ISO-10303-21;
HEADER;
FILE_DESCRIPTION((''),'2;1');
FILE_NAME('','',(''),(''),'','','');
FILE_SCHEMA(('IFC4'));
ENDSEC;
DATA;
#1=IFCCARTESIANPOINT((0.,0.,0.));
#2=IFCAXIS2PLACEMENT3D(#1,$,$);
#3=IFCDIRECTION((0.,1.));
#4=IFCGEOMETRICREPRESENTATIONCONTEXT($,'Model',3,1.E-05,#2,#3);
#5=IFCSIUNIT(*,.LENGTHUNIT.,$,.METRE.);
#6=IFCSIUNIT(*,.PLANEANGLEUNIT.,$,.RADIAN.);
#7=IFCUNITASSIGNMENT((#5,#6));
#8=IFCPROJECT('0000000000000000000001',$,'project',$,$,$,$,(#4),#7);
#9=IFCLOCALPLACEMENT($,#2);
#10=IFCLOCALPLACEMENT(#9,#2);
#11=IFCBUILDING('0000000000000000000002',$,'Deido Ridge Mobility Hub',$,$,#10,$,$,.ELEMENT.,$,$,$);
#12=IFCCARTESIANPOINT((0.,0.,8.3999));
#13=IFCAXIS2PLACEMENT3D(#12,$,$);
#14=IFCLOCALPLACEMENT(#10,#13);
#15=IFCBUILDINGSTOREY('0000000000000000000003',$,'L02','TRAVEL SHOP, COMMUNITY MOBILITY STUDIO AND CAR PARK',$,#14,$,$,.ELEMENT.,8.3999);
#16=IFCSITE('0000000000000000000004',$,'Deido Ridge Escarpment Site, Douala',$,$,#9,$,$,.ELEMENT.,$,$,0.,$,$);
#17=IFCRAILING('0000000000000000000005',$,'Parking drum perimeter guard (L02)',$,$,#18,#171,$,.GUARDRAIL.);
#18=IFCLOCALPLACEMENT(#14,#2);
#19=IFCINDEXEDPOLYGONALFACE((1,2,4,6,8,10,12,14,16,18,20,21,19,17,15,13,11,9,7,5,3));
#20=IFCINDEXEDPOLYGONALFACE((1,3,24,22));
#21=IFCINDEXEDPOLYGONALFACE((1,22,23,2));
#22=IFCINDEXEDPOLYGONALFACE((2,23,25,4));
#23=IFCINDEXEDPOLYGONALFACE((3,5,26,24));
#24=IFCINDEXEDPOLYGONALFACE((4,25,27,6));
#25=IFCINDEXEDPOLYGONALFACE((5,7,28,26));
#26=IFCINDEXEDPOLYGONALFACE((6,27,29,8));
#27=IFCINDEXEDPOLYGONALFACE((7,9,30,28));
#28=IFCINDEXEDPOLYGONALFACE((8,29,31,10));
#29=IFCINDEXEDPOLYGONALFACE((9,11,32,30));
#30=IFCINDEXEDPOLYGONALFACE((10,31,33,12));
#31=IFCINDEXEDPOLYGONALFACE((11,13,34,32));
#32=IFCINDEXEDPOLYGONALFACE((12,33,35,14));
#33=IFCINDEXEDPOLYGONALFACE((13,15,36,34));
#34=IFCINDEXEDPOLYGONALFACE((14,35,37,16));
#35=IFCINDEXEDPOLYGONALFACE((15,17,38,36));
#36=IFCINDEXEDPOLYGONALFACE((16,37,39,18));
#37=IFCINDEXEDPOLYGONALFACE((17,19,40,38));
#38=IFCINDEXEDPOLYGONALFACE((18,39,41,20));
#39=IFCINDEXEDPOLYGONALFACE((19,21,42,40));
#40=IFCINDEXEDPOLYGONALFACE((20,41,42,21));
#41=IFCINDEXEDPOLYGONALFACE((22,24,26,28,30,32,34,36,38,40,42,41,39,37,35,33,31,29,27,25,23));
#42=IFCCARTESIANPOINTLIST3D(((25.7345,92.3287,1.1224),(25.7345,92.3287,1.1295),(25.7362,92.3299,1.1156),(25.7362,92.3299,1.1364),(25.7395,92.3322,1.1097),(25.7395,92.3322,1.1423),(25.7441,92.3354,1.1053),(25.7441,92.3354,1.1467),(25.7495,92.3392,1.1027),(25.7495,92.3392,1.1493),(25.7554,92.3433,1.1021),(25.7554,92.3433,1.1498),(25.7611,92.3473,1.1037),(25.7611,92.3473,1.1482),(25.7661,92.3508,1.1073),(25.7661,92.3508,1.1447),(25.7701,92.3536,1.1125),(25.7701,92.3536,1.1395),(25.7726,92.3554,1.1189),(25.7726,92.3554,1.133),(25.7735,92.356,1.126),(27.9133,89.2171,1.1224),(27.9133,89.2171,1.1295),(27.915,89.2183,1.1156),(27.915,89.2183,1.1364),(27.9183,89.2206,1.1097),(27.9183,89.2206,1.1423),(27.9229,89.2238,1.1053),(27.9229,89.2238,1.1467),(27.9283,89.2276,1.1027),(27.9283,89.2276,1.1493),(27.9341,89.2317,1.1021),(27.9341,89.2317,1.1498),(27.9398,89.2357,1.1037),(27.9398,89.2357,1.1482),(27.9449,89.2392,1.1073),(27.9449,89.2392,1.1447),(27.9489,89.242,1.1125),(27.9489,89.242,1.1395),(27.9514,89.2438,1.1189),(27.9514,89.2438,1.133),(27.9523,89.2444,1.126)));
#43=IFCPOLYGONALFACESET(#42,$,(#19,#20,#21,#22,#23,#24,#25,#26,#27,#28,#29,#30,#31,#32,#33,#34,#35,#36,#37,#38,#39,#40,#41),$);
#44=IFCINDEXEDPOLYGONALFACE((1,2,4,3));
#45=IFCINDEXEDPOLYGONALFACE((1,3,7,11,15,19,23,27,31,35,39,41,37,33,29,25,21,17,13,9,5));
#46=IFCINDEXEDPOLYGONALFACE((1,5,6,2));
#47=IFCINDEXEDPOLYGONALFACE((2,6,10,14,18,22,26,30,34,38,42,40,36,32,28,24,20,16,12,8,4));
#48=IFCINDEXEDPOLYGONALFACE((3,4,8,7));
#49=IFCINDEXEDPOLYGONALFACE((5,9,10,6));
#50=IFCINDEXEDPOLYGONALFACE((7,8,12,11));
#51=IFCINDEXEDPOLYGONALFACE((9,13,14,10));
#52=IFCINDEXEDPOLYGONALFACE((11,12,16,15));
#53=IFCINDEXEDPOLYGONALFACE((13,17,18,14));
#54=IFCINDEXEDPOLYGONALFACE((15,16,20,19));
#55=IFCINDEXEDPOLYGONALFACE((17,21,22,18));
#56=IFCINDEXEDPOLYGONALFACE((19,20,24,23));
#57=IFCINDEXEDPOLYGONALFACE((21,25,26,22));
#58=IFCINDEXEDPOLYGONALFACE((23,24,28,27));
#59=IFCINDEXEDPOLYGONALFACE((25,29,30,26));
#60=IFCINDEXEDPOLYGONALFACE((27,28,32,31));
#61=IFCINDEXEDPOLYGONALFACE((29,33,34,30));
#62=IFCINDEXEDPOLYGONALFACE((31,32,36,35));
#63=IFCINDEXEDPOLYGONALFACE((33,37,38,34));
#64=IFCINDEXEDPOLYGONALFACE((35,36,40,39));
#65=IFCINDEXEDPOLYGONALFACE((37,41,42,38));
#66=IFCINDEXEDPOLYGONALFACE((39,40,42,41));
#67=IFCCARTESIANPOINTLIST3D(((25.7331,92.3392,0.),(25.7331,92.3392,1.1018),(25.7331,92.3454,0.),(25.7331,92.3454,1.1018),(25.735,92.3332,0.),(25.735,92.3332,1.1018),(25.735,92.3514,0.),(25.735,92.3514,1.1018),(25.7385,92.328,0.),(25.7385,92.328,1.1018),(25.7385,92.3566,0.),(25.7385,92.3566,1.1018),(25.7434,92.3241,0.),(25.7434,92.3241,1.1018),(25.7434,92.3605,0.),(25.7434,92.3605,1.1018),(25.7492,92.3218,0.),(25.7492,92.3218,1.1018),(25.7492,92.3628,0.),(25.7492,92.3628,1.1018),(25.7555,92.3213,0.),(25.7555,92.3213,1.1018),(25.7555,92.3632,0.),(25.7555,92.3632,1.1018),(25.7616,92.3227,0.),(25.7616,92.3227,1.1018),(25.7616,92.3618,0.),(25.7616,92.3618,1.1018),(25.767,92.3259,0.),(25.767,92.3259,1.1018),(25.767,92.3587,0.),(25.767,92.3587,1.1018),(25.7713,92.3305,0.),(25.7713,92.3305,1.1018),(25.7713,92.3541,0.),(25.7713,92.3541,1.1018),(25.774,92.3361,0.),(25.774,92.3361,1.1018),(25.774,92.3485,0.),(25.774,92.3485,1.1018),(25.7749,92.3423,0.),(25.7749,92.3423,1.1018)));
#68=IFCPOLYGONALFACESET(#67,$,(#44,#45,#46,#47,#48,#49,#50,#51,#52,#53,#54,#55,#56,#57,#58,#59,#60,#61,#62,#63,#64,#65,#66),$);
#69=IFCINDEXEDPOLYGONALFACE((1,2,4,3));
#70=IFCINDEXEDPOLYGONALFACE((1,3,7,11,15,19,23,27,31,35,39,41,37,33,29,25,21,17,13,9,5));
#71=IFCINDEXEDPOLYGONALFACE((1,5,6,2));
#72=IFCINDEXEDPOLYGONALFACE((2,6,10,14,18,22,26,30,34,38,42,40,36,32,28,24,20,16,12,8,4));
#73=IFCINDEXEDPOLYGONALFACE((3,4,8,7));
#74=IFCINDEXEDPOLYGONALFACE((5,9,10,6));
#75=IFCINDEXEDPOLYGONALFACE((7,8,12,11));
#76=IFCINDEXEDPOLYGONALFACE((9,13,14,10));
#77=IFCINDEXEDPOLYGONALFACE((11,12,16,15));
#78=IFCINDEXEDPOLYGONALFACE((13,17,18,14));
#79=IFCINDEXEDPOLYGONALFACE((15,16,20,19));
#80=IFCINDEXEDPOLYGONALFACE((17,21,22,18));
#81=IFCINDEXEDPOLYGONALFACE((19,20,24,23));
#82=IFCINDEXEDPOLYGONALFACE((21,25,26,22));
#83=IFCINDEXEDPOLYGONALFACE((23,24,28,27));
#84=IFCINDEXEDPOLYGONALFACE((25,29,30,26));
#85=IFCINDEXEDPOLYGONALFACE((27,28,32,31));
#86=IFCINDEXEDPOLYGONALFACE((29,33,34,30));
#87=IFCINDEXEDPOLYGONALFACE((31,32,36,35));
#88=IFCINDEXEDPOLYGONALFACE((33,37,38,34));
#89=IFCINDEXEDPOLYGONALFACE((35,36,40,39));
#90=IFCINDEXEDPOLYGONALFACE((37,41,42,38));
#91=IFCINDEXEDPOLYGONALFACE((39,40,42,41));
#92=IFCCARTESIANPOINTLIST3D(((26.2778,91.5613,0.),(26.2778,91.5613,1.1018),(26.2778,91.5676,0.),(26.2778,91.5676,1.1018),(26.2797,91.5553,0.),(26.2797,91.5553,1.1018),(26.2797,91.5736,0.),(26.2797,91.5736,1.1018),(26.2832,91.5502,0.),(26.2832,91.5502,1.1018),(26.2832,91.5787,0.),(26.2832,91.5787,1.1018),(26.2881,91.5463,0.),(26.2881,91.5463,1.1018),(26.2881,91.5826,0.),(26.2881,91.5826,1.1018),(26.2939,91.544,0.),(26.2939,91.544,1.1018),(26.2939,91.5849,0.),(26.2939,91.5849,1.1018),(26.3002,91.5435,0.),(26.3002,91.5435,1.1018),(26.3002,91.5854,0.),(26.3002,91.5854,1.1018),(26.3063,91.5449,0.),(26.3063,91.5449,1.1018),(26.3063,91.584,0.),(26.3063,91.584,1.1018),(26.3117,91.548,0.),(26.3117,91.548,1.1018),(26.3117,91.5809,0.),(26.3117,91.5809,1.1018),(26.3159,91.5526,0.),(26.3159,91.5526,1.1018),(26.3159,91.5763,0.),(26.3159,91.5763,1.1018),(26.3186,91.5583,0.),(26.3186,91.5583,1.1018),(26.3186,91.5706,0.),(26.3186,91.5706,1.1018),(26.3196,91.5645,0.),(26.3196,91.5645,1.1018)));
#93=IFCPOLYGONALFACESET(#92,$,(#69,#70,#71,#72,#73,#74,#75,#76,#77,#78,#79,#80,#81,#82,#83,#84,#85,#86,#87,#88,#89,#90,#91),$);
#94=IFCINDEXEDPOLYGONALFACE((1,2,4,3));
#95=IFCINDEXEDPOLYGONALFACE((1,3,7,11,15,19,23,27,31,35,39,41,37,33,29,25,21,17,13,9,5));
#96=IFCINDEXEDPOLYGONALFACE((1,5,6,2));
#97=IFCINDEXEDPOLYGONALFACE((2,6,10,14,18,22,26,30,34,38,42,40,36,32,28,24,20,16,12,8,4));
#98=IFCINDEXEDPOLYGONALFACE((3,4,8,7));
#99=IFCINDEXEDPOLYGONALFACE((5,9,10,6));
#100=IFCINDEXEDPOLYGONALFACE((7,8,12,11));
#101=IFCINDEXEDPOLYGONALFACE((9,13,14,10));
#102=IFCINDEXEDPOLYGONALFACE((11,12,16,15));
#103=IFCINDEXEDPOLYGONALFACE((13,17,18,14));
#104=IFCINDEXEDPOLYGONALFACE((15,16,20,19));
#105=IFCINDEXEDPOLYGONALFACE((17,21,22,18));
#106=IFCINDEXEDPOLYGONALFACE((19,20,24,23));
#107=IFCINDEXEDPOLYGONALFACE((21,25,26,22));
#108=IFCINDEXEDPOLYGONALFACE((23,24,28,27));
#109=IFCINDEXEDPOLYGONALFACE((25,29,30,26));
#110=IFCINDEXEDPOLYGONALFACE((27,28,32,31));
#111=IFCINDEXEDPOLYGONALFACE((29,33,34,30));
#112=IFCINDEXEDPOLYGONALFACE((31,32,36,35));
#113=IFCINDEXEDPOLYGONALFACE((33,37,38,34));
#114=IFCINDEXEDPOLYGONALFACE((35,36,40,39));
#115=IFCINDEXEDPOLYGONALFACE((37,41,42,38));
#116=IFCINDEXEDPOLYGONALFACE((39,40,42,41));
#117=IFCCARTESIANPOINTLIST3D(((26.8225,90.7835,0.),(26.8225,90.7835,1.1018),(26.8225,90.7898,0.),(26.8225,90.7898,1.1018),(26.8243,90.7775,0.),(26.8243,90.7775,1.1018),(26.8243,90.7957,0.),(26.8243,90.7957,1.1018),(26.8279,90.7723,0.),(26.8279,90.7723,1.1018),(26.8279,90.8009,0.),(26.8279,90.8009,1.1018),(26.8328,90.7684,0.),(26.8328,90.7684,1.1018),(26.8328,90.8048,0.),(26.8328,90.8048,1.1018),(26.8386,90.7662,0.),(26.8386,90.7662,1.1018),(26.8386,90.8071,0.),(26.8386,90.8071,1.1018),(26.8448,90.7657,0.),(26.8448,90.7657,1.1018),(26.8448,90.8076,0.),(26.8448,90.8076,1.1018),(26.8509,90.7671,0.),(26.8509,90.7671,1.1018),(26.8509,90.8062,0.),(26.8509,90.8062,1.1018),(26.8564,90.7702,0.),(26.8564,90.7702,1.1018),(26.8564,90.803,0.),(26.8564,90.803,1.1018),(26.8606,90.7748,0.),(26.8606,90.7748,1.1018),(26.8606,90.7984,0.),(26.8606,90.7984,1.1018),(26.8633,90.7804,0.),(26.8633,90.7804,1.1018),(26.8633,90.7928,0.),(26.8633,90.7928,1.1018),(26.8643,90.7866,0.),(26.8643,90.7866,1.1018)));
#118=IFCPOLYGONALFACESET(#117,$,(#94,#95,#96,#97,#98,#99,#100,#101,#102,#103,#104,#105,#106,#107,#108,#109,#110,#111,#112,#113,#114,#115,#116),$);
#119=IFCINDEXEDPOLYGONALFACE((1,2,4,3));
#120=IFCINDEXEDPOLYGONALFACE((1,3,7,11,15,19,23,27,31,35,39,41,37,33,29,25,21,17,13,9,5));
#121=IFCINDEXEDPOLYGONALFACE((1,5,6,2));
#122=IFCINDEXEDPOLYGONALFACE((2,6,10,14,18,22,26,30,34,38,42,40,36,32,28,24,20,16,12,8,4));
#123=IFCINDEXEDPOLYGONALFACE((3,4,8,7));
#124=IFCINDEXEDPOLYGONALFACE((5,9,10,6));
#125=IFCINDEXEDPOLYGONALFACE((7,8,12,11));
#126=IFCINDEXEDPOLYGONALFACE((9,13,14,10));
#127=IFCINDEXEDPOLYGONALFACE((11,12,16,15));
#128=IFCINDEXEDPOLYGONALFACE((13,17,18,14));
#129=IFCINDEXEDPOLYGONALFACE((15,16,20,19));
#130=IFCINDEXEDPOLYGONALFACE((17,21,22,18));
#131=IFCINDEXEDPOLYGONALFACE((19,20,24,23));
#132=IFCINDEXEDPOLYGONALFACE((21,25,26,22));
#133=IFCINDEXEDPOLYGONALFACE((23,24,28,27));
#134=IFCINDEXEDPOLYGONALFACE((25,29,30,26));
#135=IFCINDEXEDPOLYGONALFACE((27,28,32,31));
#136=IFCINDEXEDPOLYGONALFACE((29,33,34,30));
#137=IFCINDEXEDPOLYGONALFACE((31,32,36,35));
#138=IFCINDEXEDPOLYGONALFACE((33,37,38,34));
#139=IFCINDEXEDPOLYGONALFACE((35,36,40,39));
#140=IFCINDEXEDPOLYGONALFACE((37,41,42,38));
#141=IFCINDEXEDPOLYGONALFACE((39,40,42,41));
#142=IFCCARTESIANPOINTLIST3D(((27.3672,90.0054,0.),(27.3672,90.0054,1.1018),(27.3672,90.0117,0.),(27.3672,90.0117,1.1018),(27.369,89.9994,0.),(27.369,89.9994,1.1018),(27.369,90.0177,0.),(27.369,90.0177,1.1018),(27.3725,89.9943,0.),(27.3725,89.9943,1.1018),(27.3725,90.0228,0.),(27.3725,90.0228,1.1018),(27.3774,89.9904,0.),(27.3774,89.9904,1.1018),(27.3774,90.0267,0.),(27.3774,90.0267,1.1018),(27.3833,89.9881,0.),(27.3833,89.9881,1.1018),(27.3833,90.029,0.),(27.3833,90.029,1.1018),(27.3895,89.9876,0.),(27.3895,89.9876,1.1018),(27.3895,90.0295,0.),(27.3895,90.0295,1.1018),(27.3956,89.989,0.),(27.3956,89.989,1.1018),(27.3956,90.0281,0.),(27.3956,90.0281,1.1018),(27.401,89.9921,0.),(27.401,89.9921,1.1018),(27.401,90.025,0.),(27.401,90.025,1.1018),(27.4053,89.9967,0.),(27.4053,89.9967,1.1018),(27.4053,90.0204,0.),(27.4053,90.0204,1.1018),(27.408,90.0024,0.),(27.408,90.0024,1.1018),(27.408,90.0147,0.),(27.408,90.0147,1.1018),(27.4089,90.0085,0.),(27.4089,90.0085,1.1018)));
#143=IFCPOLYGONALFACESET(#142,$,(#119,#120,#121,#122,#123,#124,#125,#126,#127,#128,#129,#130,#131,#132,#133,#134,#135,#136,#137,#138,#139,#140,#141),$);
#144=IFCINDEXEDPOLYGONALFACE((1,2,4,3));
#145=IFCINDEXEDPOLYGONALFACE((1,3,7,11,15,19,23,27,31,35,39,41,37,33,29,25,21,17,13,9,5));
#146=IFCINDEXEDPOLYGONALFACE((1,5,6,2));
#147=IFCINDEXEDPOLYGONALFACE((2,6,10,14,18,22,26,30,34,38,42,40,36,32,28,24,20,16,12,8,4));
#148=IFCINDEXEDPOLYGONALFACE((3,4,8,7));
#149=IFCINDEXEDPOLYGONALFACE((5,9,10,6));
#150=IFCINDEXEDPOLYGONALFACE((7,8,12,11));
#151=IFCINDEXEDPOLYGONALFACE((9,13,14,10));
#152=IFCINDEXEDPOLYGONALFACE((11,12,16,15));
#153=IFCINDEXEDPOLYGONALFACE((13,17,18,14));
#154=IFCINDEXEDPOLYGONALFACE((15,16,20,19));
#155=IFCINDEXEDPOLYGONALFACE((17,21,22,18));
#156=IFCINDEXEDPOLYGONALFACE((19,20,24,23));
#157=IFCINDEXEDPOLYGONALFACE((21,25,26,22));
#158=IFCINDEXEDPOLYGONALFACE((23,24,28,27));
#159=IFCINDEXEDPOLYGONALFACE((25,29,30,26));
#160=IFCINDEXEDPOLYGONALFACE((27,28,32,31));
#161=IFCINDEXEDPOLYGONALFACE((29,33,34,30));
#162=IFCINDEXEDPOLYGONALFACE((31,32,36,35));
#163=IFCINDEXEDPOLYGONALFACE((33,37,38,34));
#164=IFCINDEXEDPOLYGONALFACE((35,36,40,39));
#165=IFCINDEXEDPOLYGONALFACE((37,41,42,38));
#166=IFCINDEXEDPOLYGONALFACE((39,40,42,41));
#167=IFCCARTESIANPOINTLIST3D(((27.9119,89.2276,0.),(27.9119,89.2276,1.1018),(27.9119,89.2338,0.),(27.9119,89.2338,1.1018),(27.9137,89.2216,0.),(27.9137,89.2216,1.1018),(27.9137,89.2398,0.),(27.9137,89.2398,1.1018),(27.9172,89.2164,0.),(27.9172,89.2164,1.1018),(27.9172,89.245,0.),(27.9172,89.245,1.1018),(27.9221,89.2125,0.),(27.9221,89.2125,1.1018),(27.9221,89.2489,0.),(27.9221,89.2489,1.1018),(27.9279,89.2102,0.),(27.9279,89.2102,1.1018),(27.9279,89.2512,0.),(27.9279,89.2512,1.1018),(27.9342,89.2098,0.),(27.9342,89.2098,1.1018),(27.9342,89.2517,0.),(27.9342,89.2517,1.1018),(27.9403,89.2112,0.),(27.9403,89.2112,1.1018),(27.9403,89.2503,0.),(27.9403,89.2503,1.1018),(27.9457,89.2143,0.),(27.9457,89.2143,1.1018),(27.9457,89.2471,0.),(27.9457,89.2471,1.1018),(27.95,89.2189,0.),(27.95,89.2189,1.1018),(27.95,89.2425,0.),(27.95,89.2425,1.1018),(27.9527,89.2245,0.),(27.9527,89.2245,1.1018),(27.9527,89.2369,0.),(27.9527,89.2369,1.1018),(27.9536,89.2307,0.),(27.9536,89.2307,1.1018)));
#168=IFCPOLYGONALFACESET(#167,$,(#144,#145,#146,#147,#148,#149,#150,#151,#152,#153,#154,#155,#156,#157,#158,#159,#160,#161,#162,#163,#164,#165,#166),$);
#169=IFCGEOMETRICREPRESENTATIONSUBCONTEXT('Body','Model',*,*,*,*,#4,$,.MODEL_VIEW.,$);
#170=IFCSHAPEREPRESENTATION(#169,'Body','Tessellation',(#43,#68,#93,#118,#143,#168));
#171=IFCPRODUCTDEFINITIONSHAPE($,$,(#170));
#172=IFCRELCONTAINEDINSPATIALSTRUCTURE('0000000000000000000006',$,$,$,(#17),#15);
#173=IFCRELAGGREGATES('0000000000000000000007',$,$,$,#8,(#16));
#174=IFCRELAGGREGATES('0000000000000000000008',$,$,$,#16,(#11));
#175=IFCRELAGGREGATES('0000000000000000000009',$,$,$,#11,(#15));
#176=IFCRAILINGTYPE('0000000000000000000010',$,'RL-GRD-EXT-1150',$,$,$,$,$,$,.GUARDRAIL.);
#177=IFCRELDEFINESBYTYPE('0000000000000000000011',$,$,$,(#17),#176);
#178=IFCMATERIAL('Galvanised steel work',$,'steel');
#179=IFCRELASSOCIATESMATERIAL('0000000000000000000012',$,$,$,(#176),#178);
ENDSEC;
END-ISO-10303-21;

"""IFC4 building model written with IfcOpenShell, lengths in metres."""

from ifc_helpers import new_model, si_unit, direction, frame, origin, origin_2d, place, context, subcontext, project, spatial, circle, extrude, material, type_object, element, save


model = new_model("IFC4")

# Units and contexts
model_context = context("Model", 3, precision=1e-05, world=origin(), true_north=direction((0.0, 1.0)))
body_context = subcontext(model_context, "Body", "Model", "MODEL_VIEW")
ifc_project = project(units=[si_unit("LENGTHUNIT", "METRE"), si_unit("PLANEANGLEUNIT", "RADIAN")], contexts=[model_context])

# Site, building, storey
site_placement = place(None, origin())
site = spatial("IfcSite", under=ifc_project, at=site_placement, Name="Deido Ridge Escarpment Site, Douala", CompositionType="ELEMENT", RefElevation=0.0)
building_placement = place(site_placement, origin())
building = spatial("IfcBuilding", under=site, at=building_placement, Name="Deido Ridge Mobility Hub", CompositionType="ELEMENT")
storey_placement = place(building_placement, frame((0.0, 0.0, 8.3999)))
storey = spatial("IfcBuildingStorey", under=building, at=storey_placement, Name="L02", Description="TRAVEL SHOP, COMMUNITY MOBILITY STUDIO AND CAR PARK", CompositionType="ELEMENT", Elevation=8.3999)

# Railing
ifc_material_1 = material(Name="Galvanised steel work", Category="steel")
railing_type = type_object("IfcRailingType", Name="RL-GRD-EXT-1150", PredefinedType="GUARDRAIL", material=ifc_material_1)
railing_1_placement = place(storey_placement, frame((25.7539, 92.3423, 0.0)))
element("IfcRailing", 1, at=railing_1_placement, inside=storey, type_object=railing_type, Name="Parking drum perimeter guard (L02)", PredefinedType="GUARDRAIL", context=body_context, shape_type="SweptSolid", body=[
    extrude(circle(Radius=0.0239, at=origin_2d()), frame((0.0, 0.0, 1.126), z_axis=(0.57357, -0.819156, 0.0), x_axis=(0.819156, 0.57357, 0.0)), (0.0, 0.0, 1.0), 3.7986),
    extrude(circle(Radius=0.021, at=origin_2d()), origin(), (0.0, 0.0, 1.0), 1.1018),
    extrude(circle(Radius=0.021, at=origin_2d()), frame((0.5447, -0.7778, 0.0)), (0.0, 0.0, 1.0), 1.1018),
    extrude(circle(Radius=0.021, at=origin_2d()), frame((1.0894, -1.5557, 0.0)), (0.0, 0.0, 1.0), 1.1018),
    extrude(circle(Radius=0.021, at=origin_2d()), frame((1.634, -2.3337, 0.0)), (0.0, 0.0, 1.0), 1.1018),
    extrude(circle(Radius=0.021, at=origin_2d()), frame((2.1787, -3.1116, 0.0)), (0.0, 0.0, 1.0), 1.1018),
])

save(model, "model.ifc")
